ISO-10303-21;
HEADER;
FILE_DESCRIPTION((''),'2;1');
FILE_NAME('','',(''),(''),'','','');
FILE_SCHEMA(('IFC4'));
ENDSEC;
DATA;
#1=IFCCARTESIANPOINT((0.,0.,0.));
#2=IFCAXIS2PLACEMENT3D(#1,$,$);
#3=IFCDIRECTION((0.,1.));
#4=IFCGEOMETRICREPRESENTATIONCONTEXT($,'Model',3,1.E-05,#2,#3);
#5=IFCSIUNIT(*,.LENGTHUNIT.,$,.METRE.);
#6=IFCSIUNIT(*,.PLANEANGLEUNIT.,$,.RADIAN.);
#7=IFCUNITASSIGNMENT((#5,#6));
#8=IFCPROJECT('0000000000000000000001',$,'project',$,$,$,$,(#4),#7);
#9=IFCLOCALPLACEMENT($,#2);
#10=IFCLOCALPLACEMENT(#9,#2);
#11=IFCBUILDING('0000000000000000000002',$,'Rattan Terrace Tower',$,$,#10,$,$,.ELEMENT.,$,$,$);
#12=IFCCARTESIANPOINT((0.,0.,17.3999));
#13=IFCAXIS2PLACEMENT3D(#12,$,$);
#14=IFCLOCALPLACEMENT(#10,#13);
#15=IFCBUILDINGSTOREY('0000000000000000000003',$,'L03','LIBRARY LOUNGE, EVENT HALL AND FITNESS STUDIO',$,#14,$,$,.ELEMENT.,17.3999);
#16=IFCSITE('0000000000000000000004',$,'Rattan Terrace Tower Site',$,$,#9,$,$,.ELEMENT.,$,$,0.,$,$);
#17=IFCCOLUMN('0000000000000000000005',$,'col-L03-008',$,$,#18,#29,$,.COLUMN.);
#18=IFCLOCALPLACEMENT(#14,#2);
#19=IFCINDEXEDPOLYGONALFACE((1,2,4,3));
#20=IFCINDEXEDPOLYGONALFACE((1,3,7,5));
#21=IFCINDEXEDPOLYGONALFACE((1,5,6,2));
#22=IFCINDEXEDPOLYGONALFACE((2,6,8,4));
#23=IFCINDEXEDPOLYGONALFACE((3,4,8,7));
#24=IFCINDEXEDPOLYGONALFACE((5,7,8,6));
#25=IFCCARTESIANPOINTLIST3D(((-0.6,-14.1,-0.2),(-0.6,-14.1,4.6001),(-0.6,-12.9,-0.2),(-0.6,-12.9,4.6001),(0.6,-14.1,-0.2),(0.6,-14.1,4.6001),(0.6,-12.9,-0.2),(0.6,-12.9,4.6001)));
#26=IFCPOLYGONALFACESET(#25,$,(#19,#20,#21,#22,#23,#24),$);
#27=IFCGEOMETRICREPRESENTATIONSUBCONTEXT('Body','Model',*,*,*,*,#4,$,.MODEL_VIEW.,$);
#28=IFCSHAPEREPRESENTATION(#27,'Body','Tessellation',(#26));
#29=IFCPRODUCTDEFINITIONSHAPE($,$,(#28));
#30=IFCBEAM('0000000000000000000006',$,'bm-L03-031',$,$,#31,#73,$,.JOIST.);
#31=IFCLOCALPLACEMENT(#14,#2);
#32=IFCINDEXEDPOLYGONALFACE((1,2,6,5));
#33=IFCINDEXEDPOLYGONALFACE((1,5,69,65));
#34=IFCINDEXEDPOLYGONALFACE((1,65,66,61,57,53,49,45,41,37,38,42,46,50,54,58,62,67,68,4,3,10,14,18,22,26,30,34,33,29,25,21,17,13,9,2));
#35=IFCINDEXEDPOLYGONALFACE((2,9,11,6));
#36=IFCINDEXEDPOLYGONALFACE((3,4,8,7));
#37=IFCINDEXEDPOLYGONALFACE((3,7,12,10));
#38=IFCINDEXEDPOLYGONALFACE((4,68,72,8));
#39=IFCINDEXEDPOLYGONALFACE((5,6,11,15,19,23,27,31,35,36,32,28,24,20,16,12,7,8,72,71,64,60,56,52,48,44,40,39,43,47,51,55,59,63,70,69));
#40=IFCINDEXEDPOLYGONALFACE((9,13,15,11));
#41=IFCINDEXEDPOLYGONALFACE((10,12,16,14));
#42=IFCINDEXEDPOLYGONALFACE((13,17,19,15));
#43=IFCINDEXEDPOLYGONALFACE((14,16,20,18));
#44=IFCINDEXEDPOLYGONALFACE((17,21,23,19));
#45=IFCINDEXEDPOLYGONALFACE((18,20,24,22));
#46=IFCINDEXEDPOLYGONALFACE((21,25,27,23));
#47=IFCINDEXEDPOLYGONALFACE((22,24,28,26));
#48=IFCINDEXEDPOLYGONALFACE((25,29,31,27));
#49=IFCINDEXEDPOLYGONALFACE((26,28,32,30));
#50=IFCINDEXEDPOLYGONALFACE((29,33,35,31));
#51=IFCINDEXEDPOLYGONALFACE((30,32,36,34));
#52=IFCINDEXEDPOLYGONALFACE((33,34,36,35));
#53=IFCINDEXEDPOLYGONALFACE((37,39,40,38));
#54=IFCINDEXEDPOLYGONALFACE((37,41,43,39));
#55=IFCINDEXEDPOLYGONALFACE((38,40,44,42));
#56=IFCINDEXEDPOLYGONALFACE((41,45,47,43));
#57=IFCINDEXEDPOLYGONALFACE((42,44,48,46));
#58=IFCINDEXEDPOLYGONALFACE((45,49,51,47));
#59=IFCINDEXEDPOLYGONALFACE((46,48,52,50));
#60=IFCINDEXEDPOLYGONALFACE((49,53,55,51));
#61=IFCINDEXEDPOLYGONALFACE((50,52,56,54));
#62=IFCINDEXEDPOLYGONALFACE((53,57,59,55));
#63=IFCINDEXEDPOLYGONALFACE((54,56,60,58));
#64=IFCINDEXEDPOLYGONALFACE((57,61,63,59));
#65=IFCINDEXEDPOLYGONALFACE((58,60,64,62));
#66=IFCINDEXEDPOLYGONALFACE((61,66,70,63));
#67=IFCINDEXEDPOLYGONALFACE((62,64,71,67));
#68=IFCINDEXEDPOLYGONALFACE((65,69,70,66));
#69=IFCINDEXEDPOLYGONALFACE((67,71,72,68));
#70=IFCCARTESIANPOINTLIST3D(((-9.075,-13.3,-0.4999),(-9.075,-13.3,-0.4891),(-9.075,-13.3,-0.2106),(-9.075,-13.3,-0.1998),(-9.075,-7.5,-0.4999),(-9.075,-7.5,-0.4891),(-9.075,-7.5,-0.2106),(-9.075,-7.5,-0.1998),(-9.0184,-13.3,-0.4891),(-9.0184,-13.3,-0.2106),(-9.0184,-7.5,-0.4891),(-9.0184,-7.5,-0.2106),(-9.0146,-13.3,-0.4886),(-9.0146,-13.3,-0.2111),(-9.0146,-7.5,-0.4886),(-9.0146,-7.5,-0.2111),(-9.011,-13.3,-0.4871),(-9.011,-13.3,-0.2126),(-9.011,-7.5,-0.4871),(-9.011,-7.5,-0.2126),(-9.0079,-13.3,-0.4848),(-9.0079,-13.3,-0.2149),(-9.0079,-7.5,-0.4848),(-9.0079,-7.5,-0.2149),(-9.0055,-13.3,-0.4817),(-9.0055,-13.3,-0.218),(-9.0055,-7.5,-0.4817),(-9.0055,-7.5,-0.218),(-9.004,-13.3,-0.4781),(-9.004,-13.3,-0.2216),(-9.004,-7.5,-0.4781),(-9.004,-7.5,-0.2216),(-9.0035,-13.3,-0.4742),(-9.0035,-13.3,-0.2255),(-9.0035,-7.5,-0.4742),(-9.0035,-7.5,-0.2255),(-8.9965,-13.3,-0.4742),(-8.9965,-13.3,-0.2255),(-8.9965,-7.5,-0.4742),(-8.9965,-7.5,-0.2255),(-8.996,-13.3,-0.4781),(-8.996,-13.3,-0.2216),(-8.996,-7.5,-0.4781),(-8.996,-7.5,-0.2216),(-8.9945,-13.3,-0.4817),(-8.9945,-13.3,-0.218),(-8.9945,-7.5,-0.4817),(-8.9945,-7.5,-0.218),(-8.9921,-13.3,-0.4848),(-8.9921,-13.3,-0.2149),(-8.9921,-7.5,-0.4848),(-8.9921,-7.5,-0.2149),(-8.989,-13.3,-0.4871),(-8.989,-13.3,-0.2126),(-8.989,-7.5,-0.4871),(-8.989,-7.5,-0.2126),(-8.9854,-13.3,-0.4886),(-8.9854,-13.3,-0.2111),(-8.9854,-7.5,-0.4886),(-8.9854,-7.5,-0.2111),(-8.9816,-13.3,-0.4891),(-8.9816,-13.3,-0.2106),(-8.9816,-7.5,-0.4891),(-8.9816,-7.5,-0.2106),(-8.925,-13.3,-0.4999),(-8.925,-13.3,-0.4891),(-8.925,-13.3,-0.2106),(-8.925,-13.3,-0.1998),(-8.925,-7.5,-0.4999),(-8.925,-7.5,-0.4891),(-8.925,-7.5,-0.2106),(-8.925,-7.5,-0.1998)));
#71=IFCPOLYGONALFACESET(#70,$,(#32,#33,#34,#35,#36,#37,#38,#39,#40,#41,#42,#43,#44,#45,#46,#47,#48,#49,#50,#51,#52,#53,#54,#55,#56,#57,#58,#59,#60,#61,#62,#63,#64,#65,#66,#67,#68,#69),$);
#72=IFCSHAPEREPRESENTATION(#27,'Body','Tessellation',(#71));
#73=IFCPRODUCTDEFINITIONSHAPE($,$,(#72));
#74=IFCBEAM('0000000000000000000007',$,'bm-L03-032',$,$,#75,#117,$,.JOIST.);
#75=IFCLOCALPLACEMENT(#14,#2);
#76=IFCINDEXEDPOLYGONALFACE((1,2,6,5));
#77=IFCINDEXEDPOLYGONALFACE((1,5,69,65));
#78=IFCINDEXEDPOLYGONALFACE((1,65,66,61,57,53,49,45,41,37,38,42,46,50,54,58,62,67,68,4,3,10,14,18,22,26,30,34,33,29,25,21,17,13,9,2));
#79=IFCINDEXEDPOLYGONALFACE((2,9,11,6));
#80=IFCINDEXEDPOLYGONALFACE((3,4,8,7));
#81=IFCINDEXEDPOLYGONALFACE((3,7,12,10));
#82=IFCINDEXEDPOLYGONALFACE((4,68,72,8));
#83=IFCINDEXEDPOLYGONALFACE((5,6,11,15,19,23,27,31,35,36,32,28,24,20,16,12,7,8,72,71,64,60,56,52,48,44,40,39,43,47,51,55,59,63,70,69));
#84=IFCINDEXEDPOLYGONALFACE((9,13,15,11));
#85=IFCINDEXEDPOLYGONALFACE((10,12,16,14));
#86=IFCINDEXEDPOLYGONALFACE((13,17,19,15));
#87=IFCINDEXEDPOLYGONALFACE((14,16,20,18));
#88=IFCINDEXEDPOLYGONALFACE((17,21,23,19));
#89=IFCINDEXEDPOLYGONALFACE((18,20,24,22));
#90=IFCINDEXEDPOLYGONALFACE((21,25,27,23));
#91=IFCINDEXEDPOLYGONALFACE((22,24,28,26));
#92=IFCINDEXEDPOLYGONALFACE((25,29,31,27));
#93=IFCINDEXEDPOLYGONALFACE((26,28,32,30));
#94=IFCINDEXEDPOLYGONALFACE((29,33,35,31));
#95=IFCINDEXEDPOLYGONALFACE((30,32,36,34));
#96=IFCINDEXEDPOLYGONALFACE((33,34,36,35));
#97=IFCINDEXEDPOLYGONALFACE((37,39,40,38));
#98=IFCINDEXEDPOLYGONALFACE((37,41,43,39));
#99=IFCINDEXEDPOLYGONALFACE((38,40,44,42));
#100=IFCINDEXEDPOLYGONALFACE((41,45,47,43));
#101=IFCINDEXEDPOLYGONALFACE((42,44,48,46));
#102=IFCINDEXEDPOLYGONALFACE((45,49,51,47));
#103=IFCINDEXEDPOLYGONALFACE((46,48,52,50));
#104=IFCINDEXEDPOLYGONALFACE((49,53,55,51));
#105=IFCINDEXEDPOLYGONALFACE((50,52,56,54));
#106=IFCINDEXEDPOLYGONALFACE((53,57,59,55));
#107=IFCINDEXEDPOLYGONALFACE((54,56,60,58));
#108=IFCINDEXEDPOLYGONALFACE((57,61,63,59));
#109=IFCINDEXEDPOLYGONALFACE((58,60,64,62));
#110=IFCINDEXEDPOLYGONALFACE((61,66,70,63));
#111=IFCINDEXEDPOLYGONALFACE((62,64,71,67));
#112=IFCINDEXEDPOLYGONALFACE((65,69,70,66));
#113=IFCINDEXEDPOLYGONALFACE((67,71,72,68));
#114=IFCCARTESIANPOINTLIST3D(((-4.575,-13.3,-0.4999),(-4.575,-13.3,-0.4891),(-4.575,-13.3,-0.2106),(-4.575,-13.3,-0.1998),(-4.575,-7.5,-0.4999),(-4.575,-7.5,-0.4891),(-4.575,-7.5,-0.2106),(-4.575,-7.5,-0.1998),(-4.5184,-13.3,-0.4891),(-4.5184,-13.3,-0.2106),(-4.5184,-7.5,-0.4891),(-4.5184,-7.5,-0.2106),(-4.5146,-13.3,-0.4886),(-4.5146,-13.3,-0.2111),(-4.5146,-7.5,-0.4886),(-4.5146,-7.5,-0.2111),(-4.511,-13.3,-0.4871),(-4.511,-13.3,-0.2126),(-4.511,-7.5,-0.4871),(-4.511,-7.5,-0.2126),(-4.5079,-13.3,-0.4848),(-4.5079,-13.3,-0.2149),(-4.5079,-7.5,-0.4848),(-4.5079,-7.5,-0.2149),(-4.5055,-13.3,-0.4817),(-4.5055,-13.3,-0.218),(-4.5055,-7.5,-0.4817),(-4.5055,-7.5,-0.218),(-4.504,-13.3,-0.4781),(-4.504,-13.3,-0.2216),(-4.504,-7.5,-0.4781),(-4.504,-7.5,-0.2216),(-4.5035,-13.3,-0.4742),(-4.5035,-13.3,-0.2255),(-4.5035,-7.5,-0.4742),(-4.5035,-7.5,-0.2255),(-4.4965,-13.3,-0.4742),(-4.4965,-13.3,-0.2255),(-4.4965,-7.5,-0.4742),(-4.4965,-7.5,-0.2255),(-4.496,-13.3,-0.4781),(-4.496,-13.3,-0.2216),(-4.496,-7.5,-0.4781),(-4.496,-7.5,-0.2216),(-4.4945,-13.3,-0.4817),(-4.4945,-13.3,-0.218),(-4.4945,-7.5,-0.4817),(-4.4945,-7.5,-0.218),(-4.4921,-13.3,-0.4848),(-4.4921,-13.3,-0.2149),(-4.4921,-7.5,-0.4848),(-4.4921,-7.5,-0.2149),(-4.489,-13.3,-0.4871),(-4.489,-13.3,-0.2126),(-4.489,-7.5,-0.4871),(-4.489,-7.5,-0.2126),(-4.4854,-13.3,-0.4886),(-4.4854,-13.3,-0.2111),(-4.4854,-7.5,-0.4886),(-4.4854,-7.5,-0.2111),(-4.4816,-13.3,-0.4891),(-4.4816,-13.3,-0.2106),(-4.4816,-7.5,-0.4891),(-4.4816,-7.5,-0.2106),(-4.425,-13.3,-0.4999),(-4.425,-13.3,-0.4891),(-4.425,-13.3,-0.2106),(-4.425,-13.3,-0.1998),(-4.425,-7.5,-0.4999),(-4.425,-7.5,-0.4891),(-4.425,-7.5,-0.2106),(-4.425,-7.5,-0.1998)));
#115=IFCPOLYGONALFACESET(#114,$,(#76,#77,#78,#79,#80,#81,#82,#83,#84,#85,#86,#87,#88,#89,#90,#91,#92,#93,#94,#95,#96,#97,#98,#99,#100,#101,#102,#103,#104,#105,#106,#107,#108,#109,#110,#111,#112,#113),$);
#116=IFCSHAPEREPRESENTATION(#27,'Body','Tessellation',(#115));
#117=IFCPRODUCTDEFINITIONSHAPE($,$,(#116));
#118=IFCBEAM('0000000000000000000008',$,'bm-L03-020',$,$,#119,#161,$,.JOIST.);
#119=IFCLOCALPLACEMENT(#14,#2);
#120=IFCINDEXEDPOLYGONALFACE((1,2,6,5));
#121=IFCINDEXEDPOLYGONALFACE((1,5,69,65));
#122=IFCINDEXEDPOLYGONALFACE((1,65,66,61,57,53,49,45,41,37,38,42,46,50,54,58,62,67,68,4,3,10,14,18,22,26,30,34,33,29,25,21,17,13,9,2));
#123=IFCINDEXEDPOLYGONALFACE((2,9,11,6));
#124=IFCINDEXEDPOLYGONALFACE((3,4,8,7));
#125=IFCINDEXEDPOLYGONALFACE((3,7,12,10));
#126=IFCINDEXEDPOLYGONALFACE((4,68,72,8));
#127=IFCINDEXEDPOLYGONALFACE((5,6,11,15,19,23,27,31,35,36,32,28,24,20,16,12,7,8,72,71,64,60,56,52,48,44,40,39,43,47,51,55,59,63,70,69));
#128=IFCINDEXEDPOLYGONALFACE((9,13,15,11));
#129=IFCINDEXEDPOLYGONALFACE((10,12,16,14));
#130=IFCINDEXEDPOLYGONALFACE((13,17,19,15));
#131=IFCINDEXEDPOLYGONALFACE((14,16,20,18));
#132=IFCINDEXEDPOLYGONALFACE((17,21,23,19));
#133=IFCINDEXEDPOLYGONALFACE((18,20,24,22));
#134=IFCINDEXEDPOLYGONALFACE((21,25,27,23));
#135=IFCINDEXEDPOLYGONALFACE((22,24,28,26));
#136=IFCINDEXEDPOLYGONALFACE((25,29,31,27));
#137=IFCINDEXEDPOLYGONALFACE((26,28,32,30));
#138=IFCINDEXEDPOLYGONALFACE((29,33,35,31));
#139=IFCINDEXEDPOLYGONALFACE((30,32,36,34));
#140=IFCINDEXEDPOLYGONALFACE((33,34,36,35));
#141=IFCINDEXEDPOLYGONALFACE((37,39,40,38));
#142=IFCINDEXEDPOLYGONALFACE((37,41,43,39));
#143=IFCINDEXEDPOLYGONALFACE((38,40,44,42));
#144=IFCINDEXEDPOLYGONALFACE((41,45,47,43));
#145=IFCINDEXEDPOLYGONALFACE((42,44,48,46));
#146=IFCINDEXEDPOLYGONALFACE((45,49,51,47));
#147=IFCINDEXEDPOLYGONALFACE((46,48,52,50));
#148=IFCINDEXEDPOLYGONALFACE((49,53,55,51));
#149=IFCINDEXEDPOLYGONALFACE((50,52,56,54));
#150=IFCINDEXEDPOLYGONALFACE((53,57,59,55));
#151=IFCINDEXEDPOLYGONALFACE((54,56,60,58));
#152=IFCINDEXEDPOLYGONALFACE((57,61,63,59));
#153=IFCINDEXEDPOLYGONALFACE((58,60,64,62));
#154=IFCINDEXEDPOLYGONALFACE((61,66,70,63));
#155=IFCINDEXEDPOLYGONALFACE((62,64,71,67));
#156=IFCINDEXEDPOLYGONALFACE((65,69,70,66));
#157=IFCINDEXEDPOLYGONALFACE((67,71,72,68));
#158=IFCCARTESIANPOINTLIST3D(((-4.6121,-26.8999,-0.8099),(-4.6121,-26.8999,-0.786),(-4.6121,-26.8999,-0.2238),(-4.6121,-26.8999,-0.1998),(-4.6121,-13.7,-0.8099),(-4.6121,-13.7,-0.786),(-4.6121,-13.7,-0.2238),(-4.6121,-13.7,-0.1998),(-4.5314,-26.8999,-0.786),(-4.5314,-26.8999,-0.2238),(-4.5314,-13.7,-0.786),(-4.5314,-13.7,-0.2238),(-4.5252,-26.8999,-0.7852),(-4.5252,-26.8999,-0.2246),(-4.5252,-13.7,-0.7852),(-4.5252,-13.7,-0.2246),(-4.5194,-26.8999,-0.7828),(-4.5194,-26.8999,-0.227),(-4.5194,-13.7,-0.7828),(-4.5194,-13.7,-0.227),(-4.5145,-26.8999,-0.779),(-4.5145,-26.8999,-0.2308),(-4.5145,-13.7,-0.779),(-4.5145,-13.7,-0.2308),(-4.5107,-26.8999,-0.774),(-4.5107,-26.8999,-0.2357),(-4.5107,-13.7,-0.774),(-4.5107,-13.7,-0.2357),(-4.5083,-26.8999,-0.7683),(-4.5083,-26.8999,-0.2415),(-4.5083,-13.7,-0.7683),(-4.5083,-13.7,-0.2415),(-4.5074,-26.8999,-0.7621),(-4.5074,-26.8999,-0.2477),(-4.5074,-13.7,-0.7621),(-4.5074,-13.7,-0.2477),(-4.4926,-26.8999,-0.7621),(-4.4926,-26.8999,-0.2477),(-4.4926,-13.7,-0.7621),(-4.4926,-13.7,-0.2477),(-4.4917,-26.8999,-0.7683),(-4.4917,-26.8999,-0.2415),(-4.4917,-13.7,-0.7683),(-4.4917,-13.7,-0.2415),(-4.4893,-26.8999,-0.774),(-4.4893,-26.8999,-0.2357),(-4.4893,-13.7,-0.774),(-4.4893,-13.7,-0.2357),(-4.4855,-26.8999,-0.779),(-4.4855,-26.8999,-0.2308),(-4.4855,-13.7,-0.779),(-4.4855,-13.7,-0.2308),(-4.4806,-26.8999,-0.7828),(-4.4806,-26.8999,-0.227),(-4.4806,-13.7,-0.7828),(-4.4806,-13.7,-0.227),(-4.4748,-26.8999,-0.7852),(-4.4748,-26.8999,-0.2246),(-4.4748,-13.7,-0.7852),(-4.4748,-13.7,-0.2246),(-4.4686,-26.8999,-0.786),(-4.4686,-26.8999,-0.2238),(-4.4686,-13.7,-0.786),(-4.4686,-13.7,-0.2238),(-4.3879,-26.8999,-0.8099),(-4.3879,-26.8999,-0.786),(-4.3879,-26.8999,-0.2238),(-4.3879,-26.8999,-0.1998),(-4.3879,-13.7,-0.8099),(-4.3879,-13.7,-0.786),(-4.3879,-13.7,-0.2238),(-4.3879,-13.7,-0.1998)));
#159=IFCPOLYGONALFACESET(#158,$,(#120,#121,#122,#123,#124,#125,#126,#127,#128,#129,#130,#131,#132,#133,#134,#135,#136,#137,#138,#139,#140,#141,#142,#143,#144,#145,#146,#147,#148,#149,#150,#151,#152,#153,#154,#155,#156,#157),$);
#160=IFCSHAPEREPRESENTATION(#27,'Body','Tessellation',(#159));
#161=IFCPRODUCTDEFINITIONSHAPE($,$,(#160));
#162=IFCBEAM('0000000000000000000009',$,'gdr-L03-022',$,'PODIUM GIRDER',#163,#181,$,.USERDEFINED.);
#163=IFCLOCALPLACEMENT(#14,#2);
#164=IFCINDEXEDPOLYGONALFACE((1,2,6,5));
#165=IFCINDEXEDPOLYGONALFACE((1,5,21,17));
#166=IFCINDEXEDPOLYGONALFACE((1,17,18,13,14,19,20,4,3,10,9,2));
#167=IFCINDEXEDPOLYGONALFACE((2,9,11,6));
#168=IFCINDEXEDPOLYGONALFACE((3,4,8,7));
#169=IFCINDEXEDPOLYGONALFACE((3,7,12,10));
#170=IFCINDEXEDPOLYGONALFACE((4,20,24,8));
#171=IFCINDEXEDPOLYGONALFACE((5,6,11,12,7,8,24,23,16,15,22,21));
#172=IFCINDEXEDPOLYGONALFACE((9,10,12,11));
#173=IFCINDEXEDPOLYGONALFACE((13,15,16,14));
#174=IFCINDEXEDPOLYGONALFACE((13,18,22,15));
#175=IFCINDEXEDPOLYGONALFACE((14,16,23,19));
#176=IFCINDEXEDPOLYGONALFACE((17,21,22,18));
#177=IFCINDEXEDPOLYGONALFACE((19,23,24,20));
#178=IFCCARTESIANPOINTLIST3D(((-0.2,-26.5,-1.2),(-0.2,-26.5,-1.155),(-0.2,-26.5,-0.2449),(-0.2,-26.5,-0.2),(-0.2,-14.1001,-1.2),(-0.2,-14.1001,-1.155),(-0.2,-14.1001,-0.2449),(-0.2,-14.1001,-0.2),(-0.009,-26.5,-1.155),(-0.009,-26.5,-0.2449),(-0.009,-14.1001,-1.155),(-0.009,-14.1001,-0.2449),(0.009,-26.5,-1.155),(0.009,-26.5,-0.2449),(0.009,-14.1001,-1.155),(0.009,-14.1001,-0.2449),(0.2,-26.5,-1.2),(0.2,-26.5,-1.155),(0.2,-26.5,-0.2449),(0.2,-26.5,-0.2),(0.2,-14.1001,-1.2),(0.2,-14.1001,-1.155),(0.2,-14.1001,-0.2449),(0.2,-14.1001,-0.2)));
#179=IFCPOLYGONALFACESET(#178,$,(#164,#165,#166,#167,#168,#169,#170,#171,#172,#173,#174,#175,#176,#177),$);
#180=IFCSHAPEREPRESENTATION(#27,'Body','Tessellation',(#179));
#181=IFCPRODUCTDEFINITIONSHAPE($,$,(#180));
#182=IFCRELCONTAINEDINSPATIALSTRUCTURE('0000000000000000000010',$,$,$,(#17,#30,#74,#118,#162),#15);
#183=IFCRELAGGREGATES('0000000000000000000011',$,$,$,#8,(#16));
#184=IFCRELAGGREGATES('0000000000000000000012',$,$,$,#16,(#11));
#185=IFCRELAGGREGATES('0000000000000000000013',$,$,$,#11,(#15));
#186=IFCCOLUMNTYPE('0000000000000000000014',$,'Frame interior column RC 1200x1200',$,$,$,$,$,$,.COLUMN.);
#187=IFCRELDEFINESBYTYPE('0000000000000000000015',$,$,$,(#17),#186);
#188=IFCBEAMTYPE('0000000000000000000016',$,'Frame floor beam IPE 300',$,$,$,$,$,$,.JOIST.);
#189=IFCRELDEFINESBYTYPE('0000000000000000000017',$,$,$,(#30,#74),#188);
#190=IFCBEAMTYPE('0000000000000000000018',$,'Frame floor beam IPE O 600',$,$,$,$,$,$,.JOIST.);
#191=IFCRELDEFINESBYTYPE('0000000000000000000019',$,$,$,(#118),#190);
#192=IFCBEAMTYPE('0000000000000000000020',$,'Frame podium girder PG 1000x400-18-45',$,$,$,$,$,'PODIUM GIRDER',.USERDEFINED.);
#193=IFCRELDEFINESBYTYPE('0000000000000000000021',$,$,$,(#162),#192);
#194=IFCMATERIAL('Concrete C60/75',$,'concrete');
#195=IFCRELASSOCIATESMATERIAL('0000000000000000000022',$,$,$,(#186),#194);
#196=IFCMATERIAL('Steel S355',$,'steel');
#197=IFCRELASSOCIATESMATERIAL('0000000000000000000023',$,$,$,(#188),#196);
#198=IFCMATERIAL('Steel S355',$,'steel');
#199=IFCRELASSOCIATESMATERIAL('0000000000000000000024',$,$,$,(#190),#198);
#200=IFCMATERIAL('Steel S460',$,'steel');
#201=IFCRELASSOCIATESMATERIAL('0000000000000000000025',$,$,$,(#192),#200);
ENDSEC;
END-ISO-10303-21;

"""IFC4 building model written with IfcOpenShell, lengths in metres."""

from ifc_helpers import new_model, si_unit, direction, frame, origin, origin_2d, place, context, subcontext, project, spatial, rectangle, i_section, extrude, material, material_profile, profile_set, type_object, element, save


model = new_model("IFC4")

# Units and contexts
model_context = context("Model", 3, precision=1e-05, world=origin(), true_north=direction((0.0, 1.0)))
body_context = subcontext(model_context, "Body", "Model", "MODEL_VIEW")
ifc_project = project(units=[si_unit("LENGTHUNIT", "METRE"), si_unit("PLANEANGLEUNIT", "RADIAN")], contexts=[model_context])

# Site, building, storey
site_placement = place(None, origin())
site = spatial("IfcSite", under=ifc_project, at=site_placement, Name="Rattan Terrace Tower Site", CompositionType="ELEMENT", RefElevation=0.0)
building_placement = place(site_placement, origin())
building = spatial("IfcBuilding", under=site, at=building_placement, Name="Rattan Terrace Tower", CompositionType="ELEMENT")
storey_placement = place(building_placement, frame((0.0, 0.0, 17.3999)))
storey = spatial("IfcBuildingStorey", under=building, at=storey_placement, Name="L03", Description="LIBRARY LOUNGE, EVENT HALL AND FITNESS STUDIO", CompositionType="ELEMENT", Elevation=17.3999)

# Column
ifc_material_1 = material(Name="Concrete C60/75", Category="concrete")
ifc_material_profile_1 = material_profile(ifc_material_1, rectangle(XDim=1.2, YDim=1.2, at=origin_2d()), Name="RC 1200x1200")
ifc_profile_set_1 = profile_set([ifc_material_profile_1], Name="Concrete C60/75")
column_type = type_object("IfcColumnType", Name="Frame interior column RC 1200x1200", PredefinedType="COLUMN", material=ifc_profile_set_1)
column_placement = place(storey_placement, frame((0.0, -13.5, -0.2), z_axis=(0.0, 0.0, 1.0), x_axis=(1.0, 0.0, 0.0)))
element("IfcColumn", 1, at=column_placement, inside=storey, type_object=column_type, Name="col-L03-008", PredefinedType="COLUMN", context=body_context, shape_type="SweptSolid", body=[
    extrude(rectangle(XDim=1.2, YDim=1.2, at=origin_2d()), origin(), (0.0, 0.0, 1.0), 4.8),
])

# Beams
ifc_material_2 = material(Name="Steel S355", Category="steel")
ifc_material_profile_2 = material_profile(ifc_material_2, i_section(OverallWidth=0.1499, OverallDepth=0.3, WebThickness=0.0071, FlangeThickness=0.0107, FilletRadius=0.0149, at=origin_2d()), Name="IPE 300")
ifc_profile_set_2 = profile_set([ifc_material_profile_2], Name="Steel S355")
beam_type_1 = type_object("IfcBeamType", Name="Frame floor beam IPE 300", PredefinedType="JOIST", material=ifc_profile_set_2)
for number, where, z_axis, x_axis, name in (
    (2, (-9.0, -13.3, -0.3499), (0.0, 1.0, 0.0), (-1.0, 0.0, 0.0), "bm-L03-031"),
    (3, (-4.5, -13.3, -0.3499), (0.0, 1.0, 0.0), (-1.0, 0.0, 0.0), "bm-L03-032"),
):
    element("IfcBeam", number, at=place(storey_placement, frame(where, z_axis=z_axis, x_axis=x_axis)), inside=storey, type_object=beam_type_1, Name=name, PredefinedType="JOIST", context=body_context, shape_type="SweptSolid", body=[
        extrude(i_section(OverallWidth=0.1499, OverallDepth=0.3, WebThickness=0.0071, FlangeThickness=0.0107, FilletRadius=0.0149, at=origin_2d()), origin(), (0.0, 0.0, 1.0), 5.8),
    ])
ifc_material_3 = material(Name="Steel S355", Category="steel")
ifc_material_profile_3 = material_profile(ifc_material_3, i_section(OverallWidth=0.2241, OverallDepth=0.6101, WebThickness=0.0149, FlangeThickness=0.0239, FilletRadius=0.0239, at=origin_2d()), Name="IPE O 600")
ifc_profile_set_3 = profile_set([ifc_material_profile_3], Name="Steel S355")
beam_type_2 = type_object("IfcBeamType", Name="Frame floor beam IPE O 600", PredefinedType="JOIST", material=ifc_profile_set_3)
beam_1_placement = place(storey_placement, frame((-4.5, -26.8999, -0.5049), z_axis=(0.0, 1.0, 0.0), x_axis=(-1.0, 0.0, 0.0)))
element("IfcBeam", 4, at=beam_1_placement, inside=storey, type_object=beam_type_2, Name="bm-L03-020", PredefinedType="JOIST", context=body_context, shape_type="SweptSolid", body=[
    extrude(i_section(OverallWidth=0.2241, OverallDepth=0.6101, WebThickness=0.0149, FlangeThickness=0.0239, FilletRadius=0.0239, at=origin_2d()), origin(), (0.0, 0.0, 1.0), 13.2),
])
ifc_material_4 = material(Name="Steel S460", Category="steel")
ifc_material_profile_4 = material_profile(ifc_material_4, i_section(OverallWidth=0.3999, OverallDepth=1.0, WebThickness=0.0181, FlangeThickness=0.0449, at=origin_2d()), Name="PG 1000x400-18-45")
ifc_profile_set_4 = profile_set([ifc_material_profile_4], Name="Steel S460")
beam_type_3 = type_object("IfcBeamType", Name="Frame podium girder PG 1000x400-18-45", ElementType="PODIUM GIRDER", PredefinedType="USERDEFINED", material=ifc_profile_set_4)
beam_2_placement = place(storey_placement, frame((0.0, -26.5, -0.7), z_axis=(0.0, 1.0, 0.0), x_axis=(-1.0, 0.0, 0.0)))
element("IfcBeam", 5, at=beam_2_placement, inside=storey, type_object=beam_type_3, Name="gdr-L03-022", ObjectType="PODIUM GIRDER", PredefinedType="USERDEFINED", context=body_context, shape_type="SweptSolid", body=[
    extrude(i_section(OverallWidth=0.3999, OverallDepth=1.0, WebThickness=0.0181, FlangeThickness=0.0449, at=origin_2d()), origin(), (0.0, 0.0, 1.0), 12.3999),
])

save(model, "model.ifc")
